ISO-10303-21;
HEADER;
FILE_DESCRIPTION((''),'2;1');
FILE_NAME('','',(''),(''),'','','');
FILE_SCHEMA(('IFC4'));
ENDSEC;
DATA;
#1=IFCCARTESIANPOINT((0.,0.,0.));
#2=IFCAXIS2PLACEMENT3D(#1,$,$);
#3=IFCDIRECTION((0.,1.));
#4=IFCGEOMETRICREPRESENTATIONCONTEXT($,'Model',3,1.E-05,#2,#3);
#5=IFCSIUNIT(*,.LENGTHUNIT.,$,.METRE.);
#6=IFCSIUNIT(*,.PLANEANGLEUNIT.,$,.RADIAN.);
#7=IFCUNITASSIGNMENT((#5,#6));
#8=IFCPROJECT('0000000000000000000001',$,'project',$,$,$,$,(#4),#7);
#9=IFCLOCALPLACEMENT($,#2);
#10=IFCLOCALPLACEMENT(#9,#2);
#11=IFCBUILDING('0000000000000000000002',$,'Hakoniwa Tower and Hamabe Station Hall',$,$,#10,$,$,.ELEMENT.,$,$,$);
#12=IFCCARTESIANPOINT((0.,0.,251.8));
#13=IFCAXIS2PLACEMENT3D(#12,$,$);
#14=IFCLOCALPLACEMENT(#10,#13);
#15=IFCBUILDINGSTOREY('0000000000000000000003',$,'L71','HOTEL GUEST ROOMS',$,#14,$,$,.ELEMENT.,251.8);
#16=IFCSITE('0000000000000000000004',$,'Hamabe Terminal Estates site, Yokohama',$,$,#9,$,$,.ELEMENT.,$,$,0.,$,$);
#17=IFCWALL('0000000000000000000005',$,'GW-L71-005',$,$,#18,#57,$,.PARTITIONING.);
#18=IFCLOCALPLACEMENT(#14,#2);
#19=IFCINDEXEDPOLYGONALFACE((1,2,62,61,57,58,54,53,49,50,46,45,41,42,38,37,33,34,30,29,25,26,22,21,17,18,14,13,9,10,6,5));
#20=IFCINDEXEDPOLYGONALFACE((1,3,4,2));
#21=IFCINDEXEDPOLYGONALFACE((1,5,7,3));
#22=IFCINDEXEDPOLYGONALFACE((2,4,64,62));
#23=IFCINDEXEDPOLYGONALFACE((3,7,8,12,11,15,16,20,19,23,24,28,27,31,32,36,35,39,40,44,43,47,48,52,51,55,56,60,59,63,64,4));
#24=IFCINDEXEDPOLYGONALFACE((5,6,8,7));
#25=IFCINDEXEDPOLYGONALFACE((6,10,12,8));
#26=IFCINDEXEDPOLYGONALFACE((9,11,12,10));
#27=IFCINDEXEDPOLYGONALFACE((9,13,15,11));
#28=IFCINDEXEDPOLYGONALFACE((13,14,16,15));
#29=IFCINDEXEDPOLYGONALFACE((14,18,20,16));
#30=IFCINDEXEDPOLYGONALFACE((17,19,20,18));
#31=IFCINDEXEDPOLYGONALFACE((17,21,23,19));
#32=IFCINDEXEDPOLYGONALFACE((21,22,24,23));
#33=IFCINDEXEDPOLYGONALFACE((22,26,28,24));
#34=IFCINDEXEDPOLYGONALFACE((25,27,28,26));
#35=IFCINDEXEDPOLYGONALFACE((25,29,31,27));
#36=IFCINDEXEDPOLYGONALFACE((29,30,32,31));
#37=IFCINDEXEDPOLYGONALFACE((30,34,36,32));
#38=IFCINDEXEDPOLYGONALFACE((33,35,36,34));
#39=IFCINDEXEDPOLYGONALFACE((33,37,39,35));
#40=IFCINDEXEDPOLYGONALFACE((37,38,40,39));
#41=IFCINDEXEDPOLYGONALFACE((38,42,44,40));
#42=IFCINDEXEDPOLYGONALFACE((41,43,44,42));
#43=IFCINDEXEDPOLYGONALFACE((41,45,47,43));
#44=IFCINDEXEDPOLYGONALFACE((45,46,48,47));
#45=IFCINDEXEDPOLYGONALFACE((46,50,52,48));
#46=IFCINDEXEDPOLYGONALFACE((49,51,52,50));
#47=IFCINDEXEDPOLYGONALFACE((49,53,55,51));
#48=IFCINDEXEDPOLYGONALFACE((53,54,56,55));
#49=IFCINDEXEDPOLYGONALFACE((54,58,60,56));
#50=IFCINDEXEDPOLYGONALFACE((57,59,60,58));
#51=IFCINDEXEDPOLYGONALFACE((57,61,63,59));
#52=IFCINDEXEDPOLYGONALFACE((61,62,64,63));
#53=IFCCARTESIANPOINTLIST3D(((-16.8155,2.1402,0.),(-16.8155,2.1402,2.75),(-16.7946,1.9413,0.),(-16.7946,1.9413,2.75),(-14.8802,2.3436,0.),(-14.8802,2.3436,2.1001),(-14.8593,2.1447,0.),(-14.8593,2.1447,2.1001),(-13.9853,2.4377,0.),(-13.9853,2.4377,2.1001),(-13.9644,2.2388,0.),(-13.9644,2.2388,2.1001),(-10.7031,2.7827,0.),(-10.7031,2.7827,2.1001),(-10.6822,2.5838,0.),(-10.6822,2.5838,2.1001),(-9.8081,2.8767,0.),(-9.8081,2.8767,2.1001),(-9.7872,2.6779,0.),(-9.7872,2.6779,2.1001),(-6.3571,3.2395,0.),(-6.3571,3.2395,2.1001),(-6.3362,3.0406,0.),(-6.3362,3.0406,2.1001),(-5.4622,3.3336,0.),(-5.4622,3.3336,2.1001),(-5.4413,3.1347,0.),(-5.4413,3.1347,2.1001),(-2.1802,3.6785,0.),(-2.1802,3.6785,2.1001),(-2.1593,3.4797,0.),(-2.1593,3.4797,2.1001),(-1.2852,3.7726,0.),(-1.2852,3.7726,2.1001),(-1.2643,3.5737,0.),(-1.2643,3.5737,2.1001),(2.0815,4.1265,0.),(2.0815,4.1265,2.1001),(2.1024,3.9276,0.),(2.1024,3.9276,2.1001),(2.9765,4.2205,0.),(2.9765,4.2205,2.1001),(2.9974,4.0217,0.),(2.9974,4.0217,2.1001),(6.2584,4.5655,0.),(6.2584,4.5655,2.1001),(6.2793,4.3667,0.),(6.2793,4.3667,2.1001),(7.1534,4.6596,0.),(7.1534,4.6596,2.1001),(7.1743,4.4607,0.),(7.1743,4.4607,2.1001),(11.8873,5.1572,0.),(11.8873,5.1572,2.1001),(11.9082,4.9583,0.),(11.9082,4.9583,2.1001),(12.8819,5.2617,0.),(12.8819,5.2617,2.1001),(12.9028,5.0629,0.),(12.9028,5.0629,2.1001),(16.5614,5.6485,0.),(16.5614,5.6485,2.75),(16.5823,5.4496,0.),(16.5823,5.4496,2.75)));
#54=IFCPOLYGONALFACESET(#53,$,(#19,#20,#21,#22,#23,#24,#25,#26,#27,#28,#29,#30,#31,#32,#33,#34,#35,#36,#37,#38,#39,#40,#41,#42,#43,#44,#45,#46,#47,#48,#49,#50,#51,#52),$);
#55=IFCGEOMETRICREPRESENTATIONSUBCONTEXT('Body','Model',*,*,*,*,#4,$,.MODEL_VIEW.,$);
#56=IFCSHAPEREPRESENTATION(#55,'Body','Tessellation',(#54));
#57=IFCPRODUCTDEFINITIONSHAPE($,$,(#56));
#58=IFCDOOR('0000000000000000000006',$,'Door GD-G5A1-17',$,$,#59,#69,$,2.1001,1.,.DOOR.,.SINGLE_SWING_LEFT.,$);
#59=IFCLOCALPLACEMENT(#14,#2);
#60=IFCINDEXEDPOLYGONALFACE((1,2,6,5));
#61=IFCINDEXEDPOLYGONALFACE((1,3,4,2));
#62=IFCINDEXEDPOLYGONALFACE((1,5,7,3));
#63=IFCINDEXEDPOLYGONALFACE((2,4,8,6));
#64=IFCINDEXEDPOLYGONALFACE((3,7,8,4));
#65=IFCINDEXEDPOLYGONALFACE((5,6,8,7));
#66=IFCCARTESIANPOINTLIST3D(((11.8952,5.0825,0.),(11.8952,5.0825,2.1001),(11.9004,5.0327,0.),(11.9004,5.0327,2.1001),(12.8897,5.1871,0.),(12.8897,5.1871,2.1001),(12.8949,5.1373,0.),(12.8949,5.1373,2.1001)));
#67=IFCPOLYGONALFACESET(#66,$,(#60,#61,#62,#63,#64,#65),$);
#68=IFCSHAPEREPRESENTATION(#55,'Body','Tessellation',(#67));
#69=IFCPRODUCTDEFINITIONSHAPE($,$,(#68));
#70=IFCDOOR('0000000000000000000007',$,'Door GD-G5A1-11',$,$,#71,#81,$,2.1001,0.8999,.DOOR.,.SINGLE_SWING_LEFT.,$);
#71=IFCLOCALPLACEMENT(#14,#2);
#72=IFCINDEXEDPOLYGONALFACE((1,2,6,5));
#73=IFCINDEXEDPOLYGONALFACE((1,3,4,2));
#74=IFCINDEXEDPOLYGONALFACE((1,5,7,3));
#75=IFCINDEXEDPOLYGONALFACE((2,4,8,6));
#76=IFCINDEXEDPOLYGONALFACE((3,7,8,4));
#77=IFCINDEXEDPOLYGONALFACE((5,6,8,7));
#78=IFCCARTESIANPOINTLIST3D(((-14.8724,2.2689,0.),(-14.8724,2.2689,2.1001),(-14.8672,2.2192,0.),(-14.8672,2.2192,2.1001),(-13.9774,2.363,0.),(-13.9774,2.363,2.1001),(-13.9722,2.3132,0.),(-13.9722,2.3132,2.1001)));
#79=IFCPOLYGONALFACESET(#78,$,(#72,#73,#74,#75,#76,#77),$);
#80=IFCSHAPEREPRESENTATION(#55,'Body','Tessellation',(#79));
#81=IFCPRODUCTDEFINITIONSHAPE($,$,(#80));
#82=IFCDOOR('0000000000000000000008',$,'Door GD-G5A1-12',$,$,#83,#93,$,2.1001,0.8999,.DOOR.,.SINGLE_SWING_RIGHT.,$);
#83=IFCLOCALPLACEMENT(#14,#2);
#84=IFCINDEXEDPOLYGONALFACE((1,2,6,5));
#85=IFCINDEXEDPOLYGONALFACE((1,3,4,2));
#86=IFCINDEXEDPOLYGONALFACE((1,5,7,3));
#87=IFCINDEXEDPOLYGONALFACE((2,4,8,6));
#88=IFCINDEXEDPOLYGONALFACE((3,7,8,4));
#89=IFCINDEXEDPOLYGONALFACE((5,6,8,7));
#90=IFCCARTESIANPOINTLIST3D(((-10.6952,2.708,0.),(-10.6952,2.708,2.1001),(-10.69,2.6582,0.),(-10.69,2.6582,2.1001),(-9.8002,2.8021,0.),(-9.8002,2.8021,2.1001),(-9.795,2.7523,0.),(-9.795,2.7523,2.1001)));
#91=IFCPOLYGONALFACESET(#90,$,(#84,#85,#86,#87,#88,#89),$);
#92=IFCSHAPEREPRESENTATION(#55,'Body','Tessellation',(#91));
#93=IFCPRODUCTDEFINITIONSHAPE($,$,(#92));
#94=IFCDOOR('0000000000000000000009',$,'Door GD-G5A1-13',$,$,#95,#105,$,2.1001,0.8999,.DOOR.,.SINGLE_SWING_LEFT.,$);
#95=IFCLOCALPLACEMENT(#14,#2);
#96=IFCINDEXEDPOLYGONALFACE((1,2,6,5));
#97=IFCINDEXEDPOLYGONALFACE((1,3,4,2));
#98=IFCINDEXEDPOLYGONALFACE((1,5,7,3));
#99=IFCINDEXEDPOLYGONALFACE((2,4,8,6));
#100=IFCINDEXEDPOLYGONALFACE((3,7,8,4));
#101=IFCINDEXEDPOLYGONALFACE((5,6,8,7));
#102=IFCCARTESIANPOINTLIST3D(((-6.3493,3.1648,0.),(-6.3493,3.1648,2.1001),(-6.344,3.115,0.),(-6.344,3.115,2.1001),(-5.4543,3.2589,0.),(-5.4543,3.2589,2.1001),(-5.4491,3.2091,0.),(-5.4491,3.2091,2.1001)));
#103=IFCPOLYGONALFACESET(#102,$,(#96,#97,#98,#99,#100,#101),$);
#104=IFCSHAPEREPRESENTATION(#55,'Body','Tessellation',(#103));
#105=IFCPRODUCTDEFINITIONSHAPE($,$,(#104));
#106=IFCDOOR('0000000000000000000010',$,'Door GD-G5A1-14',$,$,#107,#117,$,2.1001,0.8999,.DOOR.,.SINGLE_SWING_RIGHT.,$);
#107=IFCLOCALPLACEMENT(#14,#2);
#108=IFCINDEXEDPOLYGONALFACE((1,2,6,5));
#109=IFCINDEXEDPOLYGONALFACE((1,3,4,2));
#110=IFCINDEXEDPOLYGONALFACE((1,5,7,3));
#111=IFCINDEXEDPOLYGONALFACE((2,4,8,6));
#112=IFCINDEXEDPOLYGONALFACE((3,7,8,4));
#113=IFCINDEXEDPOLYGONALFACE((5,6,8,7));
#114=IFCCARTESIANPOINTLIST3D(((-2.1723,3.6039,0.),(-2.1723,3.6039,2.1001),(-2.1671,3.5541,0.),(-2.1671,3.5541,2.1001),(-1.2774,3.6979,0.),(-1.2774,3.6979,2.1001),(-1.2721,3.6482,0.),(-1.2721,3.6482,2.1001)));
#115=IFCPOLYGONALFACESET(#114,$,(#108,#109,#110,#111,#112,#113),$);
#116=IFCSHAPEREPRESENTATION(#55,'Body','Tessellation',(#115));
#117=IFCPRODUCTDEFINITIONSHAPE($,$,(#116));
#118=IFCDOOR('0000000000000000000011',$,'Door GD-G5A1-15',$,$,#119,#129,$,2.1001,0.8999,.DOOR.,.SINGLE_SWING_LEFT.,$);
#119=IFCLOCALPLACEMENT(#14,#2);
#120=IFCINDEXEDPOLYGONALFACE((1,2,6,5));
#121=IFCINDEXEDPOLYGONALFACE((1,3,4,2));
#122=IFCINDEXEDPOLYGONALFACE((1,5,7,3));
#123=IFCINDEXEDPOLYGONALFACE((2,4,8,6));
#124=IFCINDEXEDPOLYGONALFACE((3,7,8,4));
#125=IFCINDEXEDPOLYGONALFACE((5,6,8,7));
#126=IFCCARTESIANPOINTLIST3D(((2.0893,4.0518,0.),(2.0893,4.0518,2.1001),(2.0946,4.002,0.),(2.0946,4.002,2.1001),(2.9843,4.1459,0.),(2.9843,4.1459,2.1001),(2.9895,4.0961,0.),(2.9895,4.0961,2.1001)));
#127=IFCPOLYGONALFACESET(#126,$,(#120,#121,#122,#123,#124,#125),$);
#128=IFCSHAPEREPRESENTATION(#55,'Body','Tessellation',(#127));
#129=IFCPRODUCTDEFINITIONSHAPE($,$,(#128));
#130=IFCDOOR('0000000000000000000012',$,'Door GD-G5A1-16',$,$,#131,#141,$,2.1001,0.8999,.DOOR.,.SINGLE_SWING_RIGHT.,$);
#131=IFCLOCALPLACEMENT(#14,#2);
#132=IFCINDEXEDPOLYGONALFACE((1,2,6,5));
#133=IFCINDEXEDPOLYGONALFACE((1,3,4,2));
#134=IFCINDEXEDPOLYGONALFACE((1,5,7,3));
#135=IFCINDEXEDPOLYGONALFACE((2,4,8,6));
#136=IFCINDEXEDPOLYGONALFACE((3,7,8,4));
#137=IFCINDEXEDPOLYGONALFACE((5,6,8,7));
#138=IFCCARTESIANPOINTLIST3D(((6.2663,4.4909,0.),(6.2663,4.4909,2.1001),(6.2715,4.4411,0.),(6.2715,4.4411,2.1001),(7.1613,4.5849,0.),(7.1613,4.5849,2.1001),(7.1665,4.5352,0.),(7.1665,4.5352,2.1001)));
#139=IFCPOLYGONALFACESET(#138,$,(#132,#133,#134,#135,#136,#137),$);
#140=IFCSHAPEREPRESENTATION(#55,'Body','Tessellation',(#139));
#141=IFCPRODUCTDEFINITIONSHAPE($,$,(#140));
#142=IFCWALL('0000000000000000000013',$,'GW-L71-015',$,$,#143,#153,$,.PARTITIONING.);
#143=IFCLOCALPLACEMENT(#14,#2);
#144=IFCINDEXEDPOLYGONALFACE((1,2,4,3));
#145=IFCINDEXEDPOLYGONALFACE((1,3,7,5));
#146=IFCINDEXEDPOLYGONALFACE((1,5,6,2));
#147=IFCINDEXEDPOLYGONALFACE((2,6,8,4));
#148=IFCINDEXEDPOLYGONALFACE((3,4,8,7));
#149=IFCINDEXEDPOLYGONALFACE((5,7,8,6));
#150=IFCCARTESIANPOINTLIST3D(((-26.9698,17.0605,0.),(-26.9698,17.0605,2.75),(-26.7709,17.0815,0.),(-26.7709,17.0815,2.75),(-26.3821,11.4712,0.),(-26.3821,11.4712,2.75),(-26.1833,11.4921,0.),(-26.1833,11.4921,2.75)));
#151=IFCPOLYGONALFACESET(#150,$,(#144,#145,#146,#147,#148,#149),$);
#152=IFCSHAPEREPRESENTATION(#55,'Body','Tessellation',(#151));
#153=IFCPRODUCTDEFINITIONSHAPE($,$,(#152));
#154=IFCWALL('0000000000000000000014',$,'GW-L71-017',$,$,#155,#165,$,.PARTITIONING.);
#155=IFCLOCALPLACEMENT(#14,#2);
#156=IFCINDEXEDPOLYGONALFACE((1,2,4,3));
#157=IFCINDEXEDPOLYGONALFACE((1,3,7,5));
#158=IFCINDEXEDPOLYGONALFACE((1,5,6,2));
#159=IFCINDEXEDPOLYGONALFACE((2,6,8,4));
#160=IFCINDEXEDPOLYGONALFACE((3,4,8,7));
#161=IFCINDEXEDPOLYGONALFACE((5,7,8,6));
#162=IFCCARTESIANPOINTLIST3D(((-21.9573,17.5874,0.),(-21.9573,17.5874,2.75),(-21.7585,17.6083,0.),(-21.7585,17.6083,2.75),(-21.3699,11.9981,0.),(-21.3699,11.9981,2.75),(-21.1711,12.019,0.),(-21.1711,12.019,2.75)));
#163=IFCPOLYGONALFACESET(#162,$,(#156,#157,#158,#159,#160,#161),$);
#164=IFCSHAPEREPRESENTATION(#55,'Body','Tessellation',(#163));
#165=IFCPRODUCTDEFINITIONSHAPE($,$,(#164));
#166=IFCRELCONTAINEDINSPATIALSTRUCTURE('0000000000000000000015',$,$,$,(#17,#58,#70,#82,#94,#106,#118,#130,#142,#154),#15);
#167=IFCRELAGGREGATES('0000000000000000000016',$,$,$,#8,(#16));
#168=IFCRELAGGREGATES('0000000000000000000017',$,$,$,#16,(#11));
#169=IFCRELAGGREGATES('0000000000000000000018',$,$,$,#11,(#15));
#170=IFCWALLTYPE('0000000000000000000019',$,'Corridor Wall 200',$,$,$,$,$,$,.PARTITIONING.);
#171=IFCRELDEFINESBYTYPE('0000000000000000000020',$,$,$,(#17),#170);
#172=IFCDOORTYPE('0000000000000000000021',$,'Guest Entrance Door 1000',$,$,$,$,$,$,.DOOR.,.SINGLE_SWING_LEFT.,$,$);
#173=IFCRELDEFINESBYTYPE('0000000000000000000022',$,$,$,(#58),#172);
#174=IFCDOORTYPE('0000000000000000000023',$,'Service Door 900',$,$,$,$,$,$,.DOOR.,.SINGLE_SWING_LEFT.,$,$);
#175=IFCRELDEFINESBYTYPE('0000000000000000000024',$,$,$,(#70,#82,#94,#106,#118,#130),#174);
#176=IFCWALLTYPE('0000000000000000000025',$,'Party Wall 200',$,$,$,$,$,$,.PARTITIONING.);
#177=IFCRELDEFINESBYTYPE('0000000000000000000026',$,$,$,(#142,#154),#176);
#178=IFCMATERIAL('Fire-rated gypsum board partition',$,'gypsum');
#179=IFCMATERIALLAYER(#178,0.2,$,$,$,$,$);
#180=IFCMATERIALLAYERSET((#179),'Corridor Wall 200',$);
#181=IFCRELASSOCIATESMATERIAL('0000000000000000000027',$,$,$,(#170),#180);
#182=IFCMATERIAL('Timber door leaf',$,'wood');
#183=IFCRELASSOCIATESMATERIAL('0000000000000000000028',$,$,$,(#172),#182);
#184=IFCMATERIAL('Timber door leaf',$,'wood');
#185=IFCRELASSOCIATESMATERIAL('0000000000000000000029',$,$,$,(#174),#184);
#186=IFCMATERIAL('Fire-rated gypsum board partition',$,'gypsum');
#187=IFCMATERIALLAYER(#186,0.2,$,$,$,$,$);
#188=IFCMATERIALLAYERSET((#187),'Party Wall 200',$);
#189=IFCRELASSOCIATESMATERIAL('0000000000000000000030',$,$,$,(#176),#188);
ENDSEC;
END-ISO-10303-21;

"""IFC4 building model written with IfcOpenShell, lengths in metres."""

from ifc_helpers import new_model, si_unit, direction, frame, frame_2d, origin, place, context, subcontext, project, spatial, rectangle, extrude, material, layer, layer_set, type_object, element, fill, save


model = new_model("IFC4")

# Units and contexts
model_context = context("Model", 3, precision=1e-05, world=origin(), true_north=direction((0.0, 1.0)))
body_context = subcontext(model_context, "Body", "Model", "MODEL_VIEW")
ifc_project = project(units=[si_unit("LENGTHUNIT", "METRE"), si_unit("PLANEANGLEUNIT", "RADIAN")], contexts=[model_context])

# Site, building, storey
site_placement = place(None, origin())
site = spatial("IfcSite", under=ifc_project, at=site_placement, Name="Hamabe Terminal Estates site, Yokohama", CompositionType="ELEMENT", RefElevation=0.0)
building_placement = place(site_placement, origin())
building = spatial("IfcBuilding", under=site, at=building_placement, Name="Hakoniwa Tower and Hamabe Station Hall", CompositionType="ELEMENT")
storey_placement = place(building_placement, frame((0.0, 0.0, 251.8)))
storey = spatial("IfcBuildingStorey", under=building, at=storey_placement, Name="L71", Description="HOTEL GUEST ROOMS", CompositionType="ELEMENT", Elevation=251.8)

# Wall, openings, doors
ifc_material_1 = material(Name="Fire-rated gypsum board partition", Category="gypsum")
ifc_layer_1 = layer(ifc_material_1, 0.2)
ifc_layer_set_1 = layer_set([ifc_layer_1], Name="Corridor Wall 200")
wall_type_1 = type_object("IfcWallType", Name="Corridor Wall 200", PredefinedType="PARTITIONING", material=ifc_layer_set_1)
wall_1_placement = place(storey_placement, frame((-16.8049, 2.0408, 0.0), z_axis=(0.0, 0.0, 1.0), x_axis=(0.994521, 0.104536, 0.0)))
wall_1 = element("IfcWall", 1, at=wall_1_placement, inside=storey, type_object=wall_type_1, Name="GW-L71-005", PredefinedType="PARTITIONING", context=body_context, shape_type="SweptSolid", body=[
    extrude(rectangle(XDim=33.5608, YDim=0.2, at=frame_2d((16.7803, 0.0))), origin(), (0.0, 0.0, 1.0), 2.75),
])
opening_1_placement = place(wall_1_placement, frame((1.9458, 0.0, 0.0)))
opening_1 = element("IfcOpeningElement", 2, at=opening_1_placement, cuts=wall_1, PredefinedType="OPENING", context=body_context, shape_type="SweptSolid", body=[
    extrude(rectangle(XDim=0.8999, YDim=2.1001, at=frame_2d((0.45, 1.05))), frame((0.0, 0.1099, 0.0), z_axis=(0.0, -1.0, 0.0), x_axis=(1.0, 0.0, 0.0)), (0.0, 0.0, 1.0), 0.22),
])
opening_2_placement = place(wall_1_placement, frame((6.146, 0.0, 0.0)))
opening_2 = element("IfcOpeningElement", 3, at=opening_2_placement, cuts=wall_1, PredefinedType="OPENING", context=body_context, shape_type="SweptSolid", body=[
    extrude(rectangle(XDim=0.8999, YDim=2.1001, at=frame_2d((0.45, 1.05))), frame((0.0, 0.1099, 0.0), z_axis=(0.0, -1.0, 0.0), x_axis=(1.0, 0.0, 0.0)), (0.0, 0.0, 1.0), 0.22),
])
opening_3_placement = place(wall_1_placement, frame((10.5159, 0.0, 0.0)))
opening_3 = element("IfcOpeningElement", 4, at=opening_3_placement, cuts=wall_1, PredefinedType="OPENING", context=body_context, shape_type="SweptSolid", body=[
    extrude(rectangle(XDim=0.8999, YDim=2.1001, at=frame_2d((0.45, 1.05))), frame((0.0, 0.1099, 0.0), z_axis=(0.0, -1.0, 0.0), x_axis=(1.0, 0.0, 0.0)), (0.0, 0.0, 1.0), 0.22),
])
opening_4_placement = place(wall_1_placement, frame((14.7158, 0.0, 0.0)))
opening_4 = element("IfcOpeningElement", 5, at=opening_4_placement, cuts=wall_1, PredefinedType="OPENING", context=body_context, shape_type="SweptSolid", body=[
    extrude(rectangle(XDim=0.8999, YDim=2.1001, at=frame_2d((0.45, 1.05))), frame((0.0, 0.1099, 0.0), z_axis=(0.0, -1.0, 0.0), x_axis=(1.0, 0.0, 0.0)), (0.0, 0.0, 1.0), 0.22),
])
opening_5_placement = place(wall_1_placement, frame((19.001, 0.0, 0.0)))
opening_5 = element("IfcOpeningElement", 6, at=opening_5_placement, cuts=wall_1, PredefinedType="OPENING", context=body_context, shape_type="SweptSolid", body=[
    extrude(rectangle(XDim=0.8999, YDim=2.1001, at=frame_2d((0.45, 1.05))), frame((0.0, 0.1099, 0.0), z_axis=(0.0, -1.0, 0.0), x_axis=(1.0, 0.0, 0.0)), (0.0, 0.0, 1.0), 0.22),
])
opening_6_placement = place(wall_1_placement, frame((23.2009, 0.0, 0.0)))
opening_6 = element("IfcOpeningElement", 7, at=opening_6_placement, cuts=wall_1, PredefinedType="OPENING", context=body_context, shape_type="SweptSolid", body=[
    extrude(rectangle(XDim=0.8999, YDim=2.1001, at=frame_2d((0.45, 1.05))), frame((0.0, 0.1099, 0.0), z_axis=(0.0, -1.0, 0.0), x_axis=(1.0, 0.0, 0.0)), (0.0, 0.0, 1.0), 0.22),
])
opening_7_placement = place(wall_1_placement, frame((28.8608, 0.0, 0.0)))
opening_7 = element("IfcOpeningElement", 8, at=opening_7_placement, cuts=wall_1, PredefinedType="OPENING", context=body_context, shape_type="SweptSolid", body=[
    extrude(rectangle(XDim=1.0, YDim=2.1001, at=frame_2d((0.5, 1.05))), frame((0.0, 0.1099, 0.0), z_axis=(0.0, -1.0, 0.0), x_axis=(1.0, 0.0, 0.0)), (0.0, 0.0, 1.0), 0.22),
])
ifc_material_2 = material(Name="Timber door leaf", Category="wood")
door_type_1 = type_object("IfcDoorType", Name="Guest Entrance Door 1000", OperationType="SINGLE_SWING_LEFT", PredefinedType="DOOR", material=ifc_material_2)
door_1_placement = place(opening_7_placement, origin())
door_1 = element("IfcDoor", 9, at=door_1_placement, inside=storey, type_object=door_type_1, Name="Door GD-G5A1-17", OperationType="SINGLE_SWING_LEFT", OverallHeight=2.1001, OverallWidth=1.0, PredefinedType="DOOR", context=body_context, shape_type="SweptSolid", body=[
    extrude(rectangle(XDim=1.0, YDim=2.1001, at=frame_2d((0.5, 1.05))), frame((0.0, 0.0249, 0.0), z_axis=(0.0, -1.0, 0.0), x_axis=(1.0, 0.0, 0.0)), (0.0, 0.0, 1.0), 0.05),
])
fill(opening_7, door_1)
ifc_material_3 = material(Name="Timber door leaf", Category="wood")
door_type_2 = type_object("IfcDoorType", Name="Service Door 900", OperationType="SINGLE_SWING_LEFT", PredefinedType="DOOR", material=ifc_material_3)
door_2_placement = place(opening_1_placement, origin())
door_2 = element("IfcDoor", 10, at=door_2_placement, inside=storey, type_object=door_type_2, Name="Door GD-G5A1-11", OperationType="SINGLE_SWING_LEFT", OverallHeight=2.1001, OverallWidth=0.8999, PredefinedType="DOOR", context=body_context, shape_type="SweptSolid", body=[
    extrude(rectangle(XDim=0.8999, YDim=2.1001, at=frame_2d((0.45, 1.05))), frame((0.0, 0.0249, 0.0), z_axis=(0.0, -1.0, 0.0), x_axis=(1.0, 0.0, 0.0)), (0.0, 0.0, 1.0), 0.05),
])
fill(opening_1, door_2)
door_3_placement = place(opening_2_placement, origin())
door_3 = element("IfcDoor", 11, at=door_3_placement, inside=storey, type_object=door_type_2, Name="Door GD-G5A1-12", OperationType="SINGLE_SWING_RIGHT", OverallHeight=2.1001, OverallWidth=0.8999, PredefinedType="DOOR", context=body_context, shape_type="SweptSolid", body=[
    extrude(rectangle(XDim=0.8999, YDim=2.1001, at=frame_2d((0.45, 1.05))), frame((0.0, 0.0249, 0.0), z_axis=(0.0, -1.0, 0.0), x_axis=(1.0, 0.0, 0.0)), (0.0, 0.0, 1.0), 0.05),
])
fill(opening_2, door_3)
door_4_placement = place(opening_3_placement, origin())
door_4 = element("IfcDoor", 12, at=door_4_placement, inside=storey, type_object=door_type_2, Name="Door GD-G5A1-13", OperationType="SINGLE_SWING_LEFT", OverallHeight=2.1001, OverallWidth=0.8999, PredefinedType="DOOR", context=body_context, shape_type="SweptSolid", body=[
    extrude(rectangle(XDim=0.8999, YDim=2.1001, at=frame_2d((0.45, 1.05))), frame((0.0, 0.0249, 0.0), z_axis=(0.0, -1.0, 0.0), x_axis=(1.0, 0.0, 0.0)), (0.0, 0.0, 1.0), 0.05),
])
fill(opening_3, door_4)
door_5_placement = place(opening_4_placement, origin())
door_5 = element("IfcDoor", 13, at=door_5_placement, inside=storey, type_object=door_type_2, Name="Door GD-G5A1-14", OperationType="SINGLE_SWING_RIGHT", OverallHeight=2.1001, OverallWidth=0.8999, PredefinedType="DOOR", context=body_context, shape_type="SweptSolid", body=[
    extrude(rectangle(XDim=0.8999, YDim=2.1001, at=frame_2d((0.45, 1.05))), frame((0.0, 0.0249, 0.0), z_axis=(0.0, -1.0, 0.0), x_axis=(1.0, 0.0, 0.0)), (0.0, 0.0, 1.0), 0.05),
])
fill(opening_4, door_5)
door_6_placement = place(opening_5_placement, origin())
door_6 = element("IfcDoor", 14, at=door_6_placement, inside=storey, type_object=door_type_2, Name="Door GD-G5A1-15", OperationType="SINGLE_SWING_LEFT", OverallHeight=2.1001, OverallWidth=0.8999, PredefinedType="DOOR", context=body_context, shape_type="SweptSolid", body=[
    extrude(rectangle(XDim=0.8999, YDim=2.1001, at=frame_2d((0.45, 1.05))), frame((0.0, 0.0249, 0.0), z_axis=(0.0, -1.0, 0.0), x_axis=(1.0, 0.0, 0.0)), (0.0, 0.0, 1.0), 0.05),
])
fill(opening_5, door_6)
door_7_placement = place(opening_6_placement, origin())
door_7 = element("IfcDoor", 15, at=door_7_placement, inside=storey, type_object=door_type_2, Name="Door GD-G5A1-16", OperationType="SINGLE_SWING_RIGHT", OverallHeight=2.1001, OverallWidth=0.8999, PredefinedType="DOOR", context=body_context, shape_type="SweptSolid", body=[
    extrude(rectangle(XDim=0.8999, YDim=2.1001, at=frame_2d((0.45, 1.05))), frame((0.0, 0.0249, 0.0), z_axis=(0.0, -1.0, 0.0), x_axis=(1.0, 0.0, 0.0)), (0.0, 0.0, 1.0), 0.05),
])
fill(opening_6, door_7)

# Walls
ifc_material_4 = material(Name="Fire-rated gypsum board partition", Category="gypsum")
ifc_layer_2 = layer(ifc_material_4, 0.2)
ifc_layer_set_2 = layer_set([ifc_layer_2], Name="Party Wall 200")
wall_type_2 = type_object("IfcWallType", Name="Party Wall 200", PredefinedType="PARTITIONING", material=ifc_layer_set_2)
for number, where, z_axis, x_axis, name in (
    (16, (-26.2827, 11.4817, 0.0), (0.0, 0.0, 1.0), (-0.10456, 0.994519, 0.0), "GW-L71-015"),
    (17, (-21.2705, 12.0085, 0.0), (0.0, 0.0, 1.0), (-0.104517, 0.994523, 0.0), "GW-L71-017"),
):
    element("IfcWall", number, at=place(storey_placement, frame(where, z_axis=z_axis, x_axis=x_axis)), inside=storey, type_object=wall_type_2, Name=name, PredefinedType="PARTITIONING", context=body_context, shape_type="SweptSolid", body=[
        extrude(rectangle(XDim=5.6201, YDim=0.2, at=frame_2d((2.8101, 0.0))), origin(), (0.0, 0.0, 1.0), 2.75),
    ])

save(model, "model.ifc")
